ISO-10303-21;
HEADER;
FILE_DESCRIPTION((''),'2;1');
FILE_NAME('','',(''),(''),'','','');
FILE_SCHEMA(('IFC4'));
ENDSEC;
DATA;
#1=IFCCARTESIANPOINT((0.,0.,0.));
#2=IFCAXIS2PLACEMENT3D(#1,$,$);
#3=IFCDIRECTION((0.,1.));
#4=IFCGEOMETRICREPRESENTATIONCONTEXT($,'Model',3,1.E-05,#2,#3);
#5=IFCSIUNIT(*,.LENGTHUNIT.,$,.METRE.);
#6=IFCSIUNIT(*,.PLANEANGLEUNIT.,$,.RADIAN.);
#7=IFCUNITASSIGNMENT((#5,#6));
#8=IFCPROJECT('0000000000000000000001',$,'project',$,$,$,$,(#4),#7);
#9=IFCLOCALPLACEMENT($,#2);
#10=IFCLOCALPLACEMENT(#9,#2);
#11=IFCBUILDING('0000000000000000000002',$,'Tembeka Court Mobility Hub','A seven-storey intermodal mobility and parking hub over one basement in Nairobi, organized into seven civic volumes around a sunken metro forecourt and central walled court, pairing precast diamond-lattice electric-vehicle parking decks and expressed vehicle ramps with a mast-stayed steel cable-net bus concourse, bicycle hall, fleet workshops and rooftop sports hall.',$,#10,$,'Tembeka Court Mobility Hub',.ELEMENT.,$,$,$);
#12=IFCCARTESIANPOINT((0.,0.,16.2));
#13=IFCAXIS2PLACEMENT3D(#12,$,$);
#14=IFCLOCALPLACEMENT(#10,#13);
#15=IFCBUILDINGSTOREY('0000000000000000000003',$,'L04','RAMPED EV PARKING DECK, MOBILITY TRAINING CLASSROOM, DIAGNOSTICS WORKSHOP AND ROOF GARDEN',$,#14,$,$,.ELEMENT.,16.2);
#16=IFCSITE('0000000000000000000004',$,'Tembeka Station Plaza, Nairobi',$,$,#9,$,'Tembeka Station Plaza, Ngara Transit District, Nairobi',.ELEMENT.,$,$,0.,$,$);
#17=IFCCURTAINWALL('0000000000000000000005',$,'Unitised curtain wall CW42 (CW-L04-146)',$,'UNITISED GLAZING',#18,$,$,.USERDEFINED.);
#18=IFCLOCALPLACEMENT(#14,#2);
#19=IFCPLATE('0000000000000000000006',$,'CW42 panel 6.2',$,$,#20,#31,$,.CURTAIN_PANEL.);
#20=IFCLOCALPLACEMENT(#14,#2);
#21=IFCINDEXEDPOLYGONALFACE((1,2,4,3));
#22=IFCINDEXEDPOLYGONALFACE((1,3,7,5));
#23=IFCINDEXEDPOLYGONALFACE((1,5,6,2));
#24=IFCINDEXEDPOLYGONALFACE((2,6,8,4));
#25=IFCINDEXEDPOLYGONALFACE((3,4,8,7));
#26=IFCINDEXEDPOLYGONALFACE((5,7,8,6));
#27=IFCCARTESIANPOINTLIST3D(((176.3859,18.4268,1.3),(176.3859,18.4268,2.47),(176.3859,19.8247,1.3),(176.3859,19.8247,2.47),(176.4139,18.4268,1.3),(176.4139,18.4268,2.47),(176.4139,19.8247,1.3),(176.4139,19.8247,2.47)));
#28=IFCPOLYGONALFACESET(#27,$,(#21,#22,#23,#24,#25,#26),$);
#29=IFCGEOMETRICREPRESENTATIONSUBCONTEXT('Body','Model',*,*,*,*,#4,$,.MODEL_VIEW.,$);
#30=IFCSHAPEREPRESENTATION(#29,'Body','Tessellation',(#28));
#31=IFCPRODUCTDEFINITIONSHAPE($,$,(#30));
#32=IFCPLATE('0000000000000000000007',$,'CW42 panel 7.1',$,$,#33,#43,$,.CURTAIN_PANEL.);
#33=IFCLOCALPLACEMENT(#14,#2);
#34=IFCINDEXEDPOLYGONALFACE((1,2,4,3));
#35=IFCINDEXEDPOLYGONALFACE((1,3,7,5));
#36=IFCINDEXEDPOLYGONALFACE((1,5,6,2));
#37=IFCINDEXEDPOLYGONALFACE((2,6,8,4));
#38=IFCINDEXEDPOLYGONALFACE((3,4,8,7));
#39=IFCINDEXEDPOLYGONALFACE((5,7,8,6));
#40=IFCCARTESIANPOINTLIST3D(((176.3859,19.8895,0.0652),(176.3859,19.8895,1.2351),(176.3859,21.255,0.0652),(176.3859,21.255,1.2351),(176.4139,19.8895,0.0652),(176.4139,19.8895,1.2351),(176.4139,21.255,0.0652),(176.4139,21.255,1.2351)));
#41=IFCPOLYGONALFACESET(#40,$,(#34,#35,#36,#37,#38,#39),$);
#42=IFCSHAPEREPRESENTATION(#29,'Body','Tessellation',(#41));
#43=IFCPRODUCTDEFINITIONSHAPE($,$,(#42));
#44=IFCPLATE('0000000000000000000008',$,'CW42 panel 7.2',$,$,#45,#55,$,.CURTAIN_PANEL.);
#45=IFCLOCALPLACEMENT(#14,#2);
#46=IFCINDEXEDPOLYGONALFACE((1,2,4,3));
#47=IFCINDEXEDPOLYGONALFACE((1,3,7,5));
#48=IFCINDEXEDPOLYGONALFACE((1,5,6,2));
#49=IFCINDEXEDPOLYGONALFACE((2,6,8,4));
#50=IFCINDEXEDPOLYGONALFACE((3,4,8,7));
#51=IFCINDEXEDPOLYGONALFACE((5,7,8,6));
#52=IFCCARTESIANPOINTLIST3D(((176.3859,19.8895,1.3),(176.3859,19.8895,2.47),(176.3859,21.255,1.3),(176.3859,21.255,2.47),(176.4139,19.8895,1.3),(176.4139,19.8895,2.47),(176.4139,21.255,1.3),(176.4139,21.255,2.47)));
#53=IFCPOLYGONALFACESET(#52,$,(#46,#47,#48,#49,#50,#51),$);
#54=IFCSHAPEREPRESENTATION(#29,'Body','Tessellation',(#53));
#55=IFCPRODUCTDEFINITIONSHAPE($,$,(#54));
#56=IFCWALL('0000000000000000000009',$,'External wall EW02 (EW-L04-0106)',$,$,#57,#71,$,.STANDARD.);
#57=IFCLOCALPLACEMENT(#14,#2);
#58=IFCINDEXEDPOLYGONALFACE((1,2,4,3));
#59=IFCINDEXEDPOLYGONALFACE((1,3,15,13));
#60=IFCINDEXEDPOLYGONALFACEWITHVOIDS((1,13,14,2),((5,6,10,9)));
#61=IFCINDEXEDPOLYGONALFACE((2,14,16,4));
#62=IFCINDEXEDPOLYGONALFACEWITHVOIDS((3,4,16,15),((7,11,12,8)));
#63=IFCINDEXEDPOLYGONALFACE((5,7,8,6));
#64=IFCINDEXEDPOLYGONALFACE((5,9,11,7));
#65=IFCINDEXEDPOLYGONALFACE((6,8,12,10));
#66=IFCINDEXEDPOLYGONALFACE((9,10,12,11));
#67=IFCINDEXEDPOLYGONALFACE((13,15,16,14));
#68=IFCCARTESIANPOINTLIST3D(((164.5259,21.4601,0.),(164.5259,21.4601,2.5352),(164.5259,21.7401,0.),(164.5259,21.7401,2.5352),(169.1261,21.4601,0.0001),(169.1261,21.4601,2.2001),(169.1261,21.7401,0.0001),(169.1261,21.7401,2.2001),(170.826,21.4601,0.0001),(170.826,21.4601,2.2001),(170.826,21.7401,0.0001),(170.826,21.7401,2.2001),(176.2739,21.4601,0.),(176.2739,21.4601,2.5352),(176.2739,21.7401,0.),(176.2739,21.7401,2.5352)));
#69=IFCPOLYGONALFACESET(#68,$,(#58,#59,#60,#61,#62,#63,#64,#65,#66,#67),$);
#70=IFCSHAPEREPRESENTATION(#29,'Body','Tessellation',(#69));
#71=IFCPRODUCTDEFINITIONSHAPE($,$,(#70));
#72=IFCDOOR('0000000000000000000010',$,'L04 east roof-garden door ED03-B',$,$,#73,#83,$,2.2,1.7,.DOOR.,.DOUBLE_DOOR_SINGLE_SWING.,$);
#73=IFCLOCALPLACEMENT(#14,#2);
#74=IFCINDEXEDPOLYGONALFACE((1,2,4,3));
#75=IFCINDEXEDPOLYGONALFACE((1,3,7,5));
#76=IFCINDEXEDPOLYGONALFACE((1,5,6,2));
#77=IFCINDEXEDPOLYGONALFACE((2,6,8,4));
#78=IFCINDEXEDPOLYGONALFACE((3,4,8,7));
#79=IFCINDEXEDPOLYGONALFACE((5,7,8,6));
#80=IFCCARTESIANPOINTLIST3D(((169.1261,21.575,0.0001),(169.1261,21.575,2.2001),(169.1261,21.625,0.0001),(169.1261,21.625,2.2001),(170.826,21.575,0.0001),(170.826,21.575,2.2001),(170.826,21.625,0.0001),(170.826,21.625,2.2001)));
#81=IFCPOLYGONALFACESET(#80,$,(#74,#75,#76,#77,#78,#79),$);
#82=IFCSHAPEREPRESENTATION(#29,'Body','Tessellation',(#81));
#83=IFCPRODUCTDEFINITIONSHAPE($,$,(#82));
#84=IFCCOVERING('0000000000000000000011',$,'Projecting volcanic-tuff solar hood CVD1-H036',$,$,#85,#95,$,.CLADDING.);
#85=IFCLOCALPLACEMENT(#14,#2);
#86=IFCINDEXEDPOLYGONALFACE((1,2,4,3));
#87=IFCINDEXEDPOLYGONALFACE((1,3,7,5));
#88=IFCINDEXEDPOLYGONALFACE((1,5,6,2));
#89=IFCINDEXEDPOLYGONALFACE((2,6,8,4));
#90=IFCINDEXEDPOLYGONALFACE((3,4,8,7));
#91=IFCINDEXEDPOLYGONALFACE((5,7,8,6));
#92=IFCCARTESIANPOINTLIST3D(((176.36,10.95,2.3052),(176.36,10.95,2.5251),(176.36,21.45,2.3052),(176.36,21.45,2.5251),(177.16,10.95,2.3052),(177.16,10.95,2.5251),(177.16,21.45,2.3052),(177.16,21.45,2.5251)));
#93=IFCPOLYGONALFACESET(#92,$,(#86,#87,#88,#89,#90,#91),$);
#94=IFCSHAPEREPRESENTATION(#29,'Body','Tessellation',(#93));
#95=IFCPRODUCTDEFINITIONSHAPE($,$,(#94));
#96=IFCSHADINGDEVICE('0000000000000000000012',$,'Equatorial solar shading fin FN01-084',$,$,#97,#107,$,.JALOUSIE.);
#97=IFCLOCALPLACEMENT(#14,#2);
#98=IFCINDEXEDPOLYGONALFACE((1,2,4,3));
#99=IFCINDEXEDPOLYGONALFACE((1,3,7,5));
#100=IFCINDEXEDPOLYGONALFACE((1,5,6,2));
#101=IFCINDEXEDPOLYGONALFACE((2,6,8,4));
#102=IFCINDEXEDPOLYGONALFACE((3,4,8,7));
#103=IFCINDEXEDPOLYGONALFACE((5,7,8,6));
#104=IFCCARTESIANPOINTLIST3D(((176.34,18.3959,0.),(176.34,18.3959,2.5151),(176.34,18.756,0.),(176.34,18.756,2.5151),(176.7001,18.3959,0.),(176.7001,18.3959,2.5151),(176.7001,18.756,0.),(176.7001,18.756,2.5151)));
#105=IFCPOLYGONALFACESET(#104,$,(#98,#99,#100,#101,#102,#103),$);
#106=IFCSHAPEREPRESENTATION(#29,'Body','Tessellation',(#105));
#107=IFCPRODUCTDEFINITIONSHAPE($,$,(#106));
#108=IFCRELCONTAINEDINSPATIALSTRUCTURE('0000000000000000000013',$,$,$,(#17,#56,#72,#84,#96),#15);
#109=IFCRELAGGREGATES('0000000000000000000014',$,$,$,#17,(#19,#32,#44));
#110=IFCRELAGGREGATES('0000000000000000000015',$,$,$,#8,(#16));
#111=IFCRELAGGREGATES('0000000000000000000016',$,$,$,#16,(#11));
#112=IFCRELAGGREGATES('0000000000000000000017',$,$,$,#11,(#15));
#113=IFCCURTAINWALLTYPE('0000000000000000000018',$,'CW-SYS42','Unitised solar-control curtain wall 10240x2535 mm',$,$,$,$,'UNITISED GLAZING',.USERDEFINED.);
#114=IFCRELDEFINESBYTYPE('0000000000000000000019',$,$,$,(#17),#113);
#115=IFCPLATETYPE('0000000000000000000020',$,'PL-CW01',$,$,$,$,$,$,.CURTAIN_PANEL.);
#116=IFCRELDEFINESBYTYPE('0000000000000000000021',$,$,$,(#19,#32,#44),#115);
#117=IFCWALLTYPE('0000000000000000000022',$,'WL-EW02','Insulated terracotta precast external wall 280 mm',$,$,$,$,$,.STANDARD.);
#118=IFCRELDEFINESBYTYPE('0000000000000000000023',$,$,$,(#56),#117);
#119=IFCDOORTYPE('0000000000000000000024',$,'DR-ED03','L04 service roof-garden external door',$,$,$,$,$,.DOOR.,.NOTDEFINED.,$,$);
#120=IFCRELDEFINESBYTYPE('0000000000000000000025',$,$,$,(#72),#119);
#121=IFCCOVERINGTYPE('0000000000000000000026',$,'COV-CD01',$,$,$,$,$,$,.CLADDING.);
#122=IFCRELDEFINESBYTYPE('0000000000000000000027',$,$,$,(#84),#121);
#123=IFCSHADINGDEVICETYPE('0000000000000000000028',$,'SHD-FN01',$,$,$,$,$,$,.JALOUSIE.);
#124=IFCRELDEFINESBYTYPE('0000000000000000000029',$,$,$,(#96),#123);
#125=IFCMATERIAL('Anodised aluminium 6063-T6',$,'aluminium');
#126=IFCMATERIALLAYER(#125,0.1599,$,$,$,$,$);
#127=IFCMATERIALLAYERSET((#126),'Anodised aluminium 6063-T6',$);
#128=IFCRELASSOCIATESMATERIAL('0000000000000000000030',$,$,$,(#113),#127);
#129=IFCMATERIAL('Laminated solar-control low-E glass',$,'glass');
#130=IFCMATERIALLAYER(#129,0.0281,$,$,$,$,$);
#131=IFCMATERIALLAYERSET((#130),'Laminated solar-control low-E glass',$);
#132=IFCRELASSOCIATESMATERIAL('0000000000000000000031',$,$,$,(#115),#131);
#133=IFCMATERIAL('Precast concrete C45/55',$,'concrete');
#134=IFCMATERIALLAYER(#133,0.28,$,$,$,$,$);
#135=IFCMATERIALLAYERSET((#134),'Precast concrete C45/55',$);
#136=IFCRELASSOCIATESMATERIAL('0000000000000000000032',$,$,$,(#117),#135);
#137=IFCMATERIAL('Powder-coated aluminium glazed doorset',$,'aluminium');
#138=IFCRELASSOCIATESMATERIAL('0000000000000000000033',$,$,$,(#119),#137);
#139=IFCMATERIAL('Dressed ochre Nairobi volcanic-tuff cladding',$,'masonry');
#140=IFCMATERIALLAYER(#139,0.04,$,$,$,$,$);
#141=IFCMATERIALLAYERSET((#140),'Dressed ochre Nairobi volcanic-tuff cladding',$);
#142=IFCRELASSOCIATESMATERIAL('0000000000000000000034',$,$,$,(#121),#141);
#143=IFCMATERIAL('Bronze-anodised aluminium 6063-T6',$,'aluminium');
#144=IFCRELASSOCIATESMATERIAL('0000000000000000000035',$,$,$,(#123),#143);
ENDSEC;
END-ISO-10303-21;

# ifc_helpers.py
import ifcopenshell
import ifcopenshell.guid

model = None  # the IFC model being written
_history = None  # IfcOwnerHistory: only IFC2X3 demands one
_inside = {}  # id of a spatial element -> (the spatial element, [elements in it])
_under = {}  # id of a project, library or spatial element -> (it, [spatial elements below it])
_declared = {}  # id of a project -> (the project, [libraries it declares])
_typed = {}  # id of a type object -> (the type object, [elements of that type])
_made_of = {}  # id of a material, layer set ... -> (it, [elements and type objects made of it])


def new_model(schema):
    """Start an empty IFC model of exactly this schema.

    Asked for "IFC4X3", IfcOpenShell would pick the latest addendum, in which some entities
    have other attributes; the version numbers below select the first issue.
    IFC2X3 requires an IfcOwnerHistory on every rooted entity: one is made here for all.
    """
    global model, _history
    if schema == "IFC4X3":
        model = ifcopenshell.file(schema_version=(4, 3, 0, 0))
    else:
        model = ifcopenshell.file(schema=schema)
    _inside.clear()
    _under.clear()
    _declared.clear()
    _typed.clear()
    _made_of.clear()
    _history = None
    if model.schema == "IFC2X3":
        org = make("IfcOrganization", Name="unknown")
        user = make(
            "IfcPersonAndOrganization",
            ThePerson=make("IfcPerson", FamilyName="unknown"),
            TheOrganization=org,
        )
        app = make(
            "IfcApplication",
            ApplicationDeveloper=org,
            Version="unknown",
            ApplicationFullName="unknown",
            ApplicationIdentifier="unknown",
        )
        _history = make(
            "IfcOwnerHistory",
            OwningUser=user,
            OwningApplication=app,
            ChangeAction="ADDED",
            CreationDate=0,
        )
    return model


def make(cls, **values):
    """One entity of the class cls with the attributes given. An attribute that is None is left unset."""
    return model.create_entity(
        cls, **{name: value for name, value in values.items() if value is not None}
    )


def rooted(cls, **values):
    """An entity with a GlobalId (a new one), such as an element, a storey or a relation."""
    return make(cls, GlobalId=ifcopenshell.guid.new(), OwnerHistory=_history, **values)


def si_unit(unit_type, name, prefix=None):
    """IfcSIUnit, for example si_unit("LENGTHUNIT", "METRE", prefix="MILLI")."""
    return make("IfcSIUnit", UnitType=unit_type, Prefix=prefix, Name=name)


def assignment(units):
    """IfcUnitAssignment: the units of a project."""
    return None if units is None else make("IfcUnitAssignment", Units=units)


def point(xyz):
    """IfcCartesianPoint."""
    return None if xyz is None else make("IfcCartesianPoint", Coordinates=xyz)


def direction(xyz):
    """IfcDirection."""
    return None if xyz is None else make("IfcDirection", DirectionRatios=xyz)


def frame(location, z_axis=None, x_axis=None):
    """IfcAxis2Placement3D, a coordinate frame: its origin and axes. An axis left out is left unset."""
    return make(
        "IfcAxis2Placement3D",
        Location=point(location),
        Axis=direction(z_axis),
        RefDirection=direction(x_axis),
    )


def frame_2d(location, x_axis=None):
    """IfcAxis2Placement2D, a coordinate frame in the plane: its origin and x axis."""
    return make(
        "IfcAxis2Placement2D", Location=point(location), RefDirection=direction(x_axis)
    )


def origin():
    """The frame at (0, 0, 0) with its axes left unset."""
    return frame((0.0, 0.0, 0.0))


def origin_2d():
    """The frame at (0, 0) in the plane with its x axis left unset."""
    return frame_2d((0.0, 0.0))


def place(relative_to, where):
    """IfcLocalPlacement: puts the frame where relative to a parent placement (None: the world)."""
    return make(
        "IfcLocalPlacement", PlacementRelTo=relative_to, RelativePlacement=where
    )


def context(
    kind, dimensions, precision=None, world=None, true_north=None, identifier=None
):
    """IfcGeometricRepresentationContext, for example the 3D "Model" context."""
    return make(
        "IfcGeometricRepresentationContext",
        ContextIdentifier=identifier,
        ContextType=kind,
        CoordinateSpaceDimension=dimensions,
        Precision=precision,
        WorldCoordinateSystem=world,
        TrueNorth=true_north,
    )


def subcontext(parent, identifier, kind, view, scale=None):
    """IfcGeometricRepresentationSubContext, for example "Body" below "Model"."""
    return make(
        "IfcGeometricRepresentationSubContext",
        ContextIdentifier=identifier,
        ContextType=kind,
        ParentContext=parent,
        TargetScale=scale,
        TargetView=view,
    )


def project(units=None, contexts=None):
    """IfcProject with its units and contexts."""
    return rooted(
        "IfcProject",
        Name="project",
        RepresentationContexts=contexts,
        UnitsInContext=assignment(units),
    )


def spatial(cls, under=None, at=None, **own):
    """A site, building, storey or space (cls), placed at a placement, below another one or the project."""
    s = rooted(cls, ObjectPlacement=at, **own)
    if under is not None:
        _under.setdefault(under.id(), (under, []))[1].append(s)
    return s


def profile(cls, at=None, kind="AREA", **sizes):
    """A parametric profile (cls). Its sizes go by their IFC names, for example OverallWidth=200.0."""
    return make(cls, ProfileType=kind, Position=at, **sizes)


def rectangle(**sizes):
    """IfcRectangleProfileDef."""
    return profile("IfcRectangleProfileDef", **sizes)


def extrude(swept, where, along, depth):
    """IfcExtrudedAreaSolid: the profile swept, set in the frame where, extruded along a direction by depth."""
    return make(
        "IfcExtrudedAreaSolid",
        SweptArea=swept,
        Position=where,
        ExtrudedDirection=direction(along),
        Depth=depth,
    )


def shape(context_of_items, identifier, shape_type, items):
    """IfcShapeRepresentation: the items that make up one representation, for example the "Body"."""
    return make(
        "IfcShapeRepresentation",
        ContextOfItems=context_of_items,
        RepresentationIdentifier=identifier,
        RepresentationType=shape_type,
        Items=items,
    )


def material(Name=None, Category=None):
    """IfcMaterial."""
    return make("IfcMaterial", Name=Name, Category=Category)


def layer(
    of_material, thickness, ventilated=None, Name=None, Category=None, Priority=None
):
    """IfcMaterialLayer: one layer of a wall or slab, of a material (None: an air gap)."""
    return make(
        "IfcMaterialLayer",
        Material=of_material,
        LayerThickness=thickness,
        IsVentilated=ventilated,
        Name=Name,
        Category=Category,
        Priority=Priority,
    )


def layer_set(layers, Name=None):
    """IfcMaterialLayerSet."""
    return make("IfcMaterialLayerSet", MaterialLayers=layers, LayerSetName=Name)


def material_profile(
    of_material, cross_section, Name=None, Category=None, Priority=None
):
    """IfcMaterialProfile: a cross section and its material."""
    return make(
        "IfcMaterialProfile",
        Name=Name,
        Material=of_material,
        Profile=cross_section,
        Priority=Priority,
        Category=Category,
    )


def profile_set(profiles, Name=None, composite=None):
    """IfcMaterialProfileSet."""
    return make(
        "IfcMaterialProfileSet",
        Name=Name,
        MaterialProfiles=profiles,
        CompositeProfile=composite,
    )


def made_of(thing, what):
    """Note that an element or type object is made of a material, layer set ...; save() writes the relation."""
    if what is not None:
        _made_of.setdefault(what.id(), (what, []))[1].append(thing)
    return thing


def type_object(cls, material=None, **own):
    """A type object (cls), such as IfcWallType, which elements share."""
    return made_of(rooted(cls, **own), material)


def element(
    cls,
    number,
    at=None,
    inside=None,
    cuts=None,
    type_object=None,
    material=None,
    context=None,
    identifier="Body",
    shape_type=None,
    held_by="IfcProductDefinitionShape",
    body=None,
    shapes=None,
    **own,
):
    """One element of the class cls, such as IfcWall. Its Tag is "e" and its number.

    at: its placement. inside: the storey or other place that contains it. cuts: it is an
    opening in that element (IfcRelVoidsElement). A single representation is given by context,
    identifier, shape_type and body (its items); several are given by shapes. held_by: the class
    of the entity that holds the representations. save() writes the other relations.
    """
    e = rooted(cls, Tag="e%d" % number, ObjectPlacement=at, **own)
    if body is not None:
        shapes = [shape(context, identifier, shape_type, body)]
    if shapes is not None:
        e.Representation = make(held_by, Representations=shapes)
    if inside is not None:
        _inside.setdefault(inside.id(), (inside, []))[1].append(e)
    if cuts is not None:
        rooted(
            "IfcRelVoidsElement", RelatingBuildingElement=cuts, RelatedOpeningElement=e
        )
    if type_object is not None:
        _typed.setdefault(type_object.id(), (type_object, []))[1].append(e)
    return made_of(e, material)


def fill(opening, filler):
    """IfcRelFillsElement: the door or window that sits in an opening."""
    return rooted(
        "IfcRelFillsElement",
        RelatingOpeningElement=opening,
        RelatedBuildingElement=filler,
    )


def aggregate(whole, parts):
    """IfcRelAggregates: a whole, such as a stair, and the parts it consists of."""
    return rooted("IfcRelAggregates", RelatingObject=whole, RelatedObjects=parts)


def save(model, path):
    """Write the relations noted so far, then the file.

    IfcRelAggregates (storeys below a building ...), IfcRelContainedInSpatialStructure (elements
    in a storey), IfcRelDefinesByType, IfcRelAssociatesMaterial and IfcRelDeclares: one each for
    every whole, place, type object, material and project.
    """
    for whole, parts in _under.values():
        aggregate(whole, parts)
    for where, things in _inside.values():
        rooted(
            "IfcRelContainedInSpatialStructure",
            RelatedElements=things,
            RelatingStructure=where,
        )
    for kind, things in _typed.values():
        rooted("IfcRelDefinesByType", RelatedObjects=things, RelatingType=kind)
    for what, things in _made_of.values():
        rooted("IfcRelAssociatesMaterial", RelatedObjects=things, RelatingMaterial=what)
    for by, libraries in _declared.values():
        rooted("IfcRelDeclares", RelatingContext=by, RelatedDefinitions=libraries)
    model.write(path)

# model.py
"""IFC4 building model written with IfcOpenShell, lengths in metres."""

from ifc_helpers import new_model, si_unit, direction, frame, frame_2d, origin, origin_2d, place, context, subcontext, project, spatial, rectangle, extrude, material, layer, layer_set, material_profile, profile_set, type_object, element, fill, aggregate, save


model = new_model("IFC4")

# Units and contexts
model_context = context("Model", 3, precision=1e-05, world=origin(), true_north=direction((0.0, 1.0)))
body_context = subcontext(model_context, "Body", "Model", "MODEL_VIEW")
ifc_project = project(units=[si_unit("LENGTHUNIT", "METRE"), si_unit("PLANEANGLEUNIT", "RADIAN")], contexts=[model_context])

# Site, building, storey
site_placement = place(None, origin())
site = spatial("IfcSite", under=ifc_project, at=site_placement, Name="Tembeka Station Plaza, Nairobi", LongName="Tembeka Station Plaza, Ngara Transit District, Nairobi", CompositionType="ELEMENT", RefElevation=0.0)
building_placement = place(site_placement, origin())
building = spatial("IfcBuilding", under=site, at=building_placement, Name="Tembeka Court Mobility Hub", Description="A seven-storey intermodal mobility and parking hub over one basement in Nairobi, organized into seven civic volumes around a sunken metro forecourt and central walled court, pairing precast diamond-lattice electric-vehicle parking decks and expressed vehicle ramps with a mast-stayed steel cable-net bus concourse, bicycle hall, fleet workshops and rooftop sports hall.", LongName="Tembeka Court Mobility Hub", CompositionType="ELEMENT")
storey_placement = place(building_placement, frame((0.0, 0.0, 16.2)))
storey = spatial("IfcBuildingStorey", under=building, at=storey_placement, Name="L04", Description="RAMPED EV PARKING DECK, MOBILITY TRAINING CLASSROOM, DIAGNOSTICS WORKSHOP AND ROOF GARDEN", CompositionType="ELEMENT", Elevation=16.2)

# Curtain wall, plates
ifc_material_1 = material(Name="Anodised aluminium 6063-T6", Category="aluminium")
ifc_layer_1 = layer(ifc_material_1, 0.1599)
ifc_layer_set_1 = layer_set([ifc_layer_1], Name="Anodised aluminium 6063-T6")
curtain_wall_type = type_object("IfcCurtainWallType", Name="CW-SYS42", Description="Unitised solar-control curtain wall 10240x2535 mm", ElementType="UNITISED GLAZING", PredefinedType="USERDEFINED", material=ifc_layer_set_1)
curtain_wall_placement = place(storey_placement, origin())
curtain_wall = element("IfcCurtainWall", 1, at=curtain_wall_placement, inside=storey, type_object=curtain_wall_type, Name="Unitised curtain wall CW42 (CW-L04-146)", ObjectType="UNITISED GLAZING", PredefinedType="USERDEFINED")
ifc_material_2 = material(Name="Laminated solar-control low-E glass", Category="glass")
ifc_layer_2 = layer(ifc_material_2, 0.0281)
ifc_layer_set_2 = layer_set([ifc_layer_2], Name="Laminated solar-control low-E glass")
plate_type = type_object("IfcPlateType", Name="PL-CW01", PredefinedType="CURTAIN_PANEL", material=ifc_layer_set_2)
plate_1_placement = place(storey_placement, frame((176.3999, 19.1257, 1.3), z_axis=(0.0, 0.0, 1.0), x_axis=(0.0, 1.0, 0.0)))
plate_1 = element("IfcPlate", 2, at=plate_1_placement, type_object=plate_type, Name="CW42 panel 6.2", PredefinedType="CURTAIN_PANEL", context=body_context, shape_type="SweptSolid", body=[
    extrude(rectangle(XDim=1.3979, YDim=0.0281, at=origin_2d()), origin(), (0.0, 0.0, 1.0), 1.1699),
])
plate_2_placement = place(storey_placement, frame((176.3999, 20.5723, 0.0652), z_axis=(0.0, 0.0, 1.0), x_axis=(0.0, 1.0, 0.0)))
plate_2 = element("IfcPlate", 3, at=plate_2_placement, type_object=plate_type, Name="CW42 panel 7.1", PredefinedType="CURTAIN_PANEL", context=body_context, shape_type="SweptSolid", body=[
    extrude(rectangle(XDim=1.3655, YDim=0.0281, at=origin_2d()), origin(), (0.0, 0.0, 1.0), 1.1699),
])
plate_3_placement = place(storey_placement, frame((176.3999, 20.5723, 1.3), z_axis=(0.0, 0.0, 1.0), x_axis=(0.0, 1.0, 0.0)))
plate_3 = element("IfcPlate", 4, at=plate_3_placement, type_object=plate_type, Name="CW42 panel 7.2", PredefinedType="CURTAIN_PANEL", context=body_context, shape_type="SweptSolid", body=[
    extrude(rectangle(XDim=1.3655, YDim=0.0281, at=origin_2d()), origin(), (0.0, 0.0, 1.0), 1.1699),
])
aggregate(curtain_wall, [plate_1, plate_2, plate_3])

# Wall, opening, door
ifc_material_3 = material(Name="Precast concrete C45/55", Category="concrete")
ifc_layer_3 = layer(ifc_material_3, 0.28)
ifc_layer_set_3 = layer_set([ifc_layer_3], Name="Precast concrete C45/55")
wall_type = type_object("IfcWallType", Name="WL-EW02", Description="Insulated terracotta precast external wall 280 mm", PredefinedType="STANDARD", material=ifc_layer_set_3)
wall_placement = place(storey_placement, frame((164.5259, 21.6001, 0.0), z_axis=(0.0, 0.0, 1.0), x_axis=(1.0, 0.0, 0.0)))
wall = element("IfcWall", 5, at=wall_placement, inside=storey, type_object=wall_type, Name="External wall EW02 (EW-L04-0106)", PredefinedType="STANDARD", context=body_context, shape_type="SweptSolid", body=[
    extrude(rectangle(XDim=11.748, YDim=0.28, at=frame_2d((5.874, 0.0))), origin(), (0.0, 0.0, 1.0), 2.5352),
])
opening_placement = place(wall_placement, frame((4.6001, 0.0, 0.0)))
opening = element("IfcOpeningElement", 6, at=opening_placement, cuts=wall, PredefinedType="OPENING", context=body_context, shape_type="SweptSolid", body=[
    extrude(rectangle(XDim=1.7, YDim=2.2, at=frame_2d((0.8501, 1.1001))), frame((0.0, 0.1499, 0.0), z_axis=(0.0, -1.0, 0.0), x_axis=(1.0, 0.0, 0.0)), (0.0, 0.0, 1.0), 0.3),
])
ifc_material_4 = material(Name="Powder-coated aluminium glazed doorset", Category="aluminium")
door_type = type_object("IfcDoorType", Name="DR-ED03", Description="L04 service roof-garden external door", OperationType="NOTDEFINED", PredefinedType="DOOR", material=ifc_material_4)
door_placement = place(opening_placement, origin())
door = element("IfcDoor", 7, at=door_placement, inside=storey, type_object=door_type, Name="L04 east roof-garden door ED03-B", OperationType="DOUBLE_DOOR_SINGLE_SWING", OverallHeight=2.2, OverallWidth=1.7, PredefinedType="DOOR", context=body_context, shape_type="SweptSolid", body=[
    extrude(rectangle(XDim=1.7, YDim=2.2, at=frame_2d((0.8501, 1.1001))), frame((0.0, 0.0249, 0.0), z_axis=(0.0, -1.0, 0.0), x_axis=(1.0, 0.0, 0.0)), (0.0, 0.0, 1.0), 0.05),
])
fill(opening, door)

# Covering
ifc_material_5 = material(Name="Dressed ochre Nairobi volcanic-tuff cladding", Category="masonry")
ifc_layer_4 = layer(ifc_material_5, 0.04)
ifc_layer_set_4 = layer_set([ifc_layer_4], Name="Dressed ochre Nairobi volcanic-tuff cladding")
covering_type = type_object("IfcCoveringType", Name="COV-CD01", PredefinedType="CLADDING", material=ifc_layer_set_4)
covering_placement = place(storey_placement, frame((176.76, 16.2, 2.3052), z_axis=(0.0, 0.0, 1.0), x_axis=(0.0, 1.0, 0.0)))
element("IfcCovering", 8, at=covering_placement, inside=storey, type_object=covering_type, Name="Projecting volcanic-tuff solar hood CVD1-H036", PredefinedType="CLADDING", context=body_context, shape_type="SweptSolid", body=[
    extrude(rectangle(XDim=10.5, YDim=0.8, at=origin_2d()), origin(), (0.0, 0.0, 1.0), 0.22),
])

# Shading device
ifc_material_6 = material(Name="Bronze-anodised aluminium 6063-T6", Category="aluminium")
ifc_material_profile_1 = material_profile(ifc_material_6, rectangle(XDim=0.3601, YDim=0.3601, at=origin_2d()), Name="ALU-FIN 360x360")
ifc_profile_set_1 = profile_set([ifc_material_profile_1], Name="Bronze-anodised aluminium 6063-T6")
shading_device_type = type_object("IfcShadingDeviceType", Name="SHD-FN01", PredefinedType="JALOUSIE", material=ifc_profile_set_1)
shading_device_placement = place(storey_placement, frame((176.52, 18.5759, 0.0), z_axis=(0.0, 0.0, 1.0), x_axis=(1.0, 0.0, 0.0)))
element("IfcShadingDevice", 9, at=shading_device_placement, inside=storey, type_object=shading_device_type, Name="Equatorial solar shading fin FN01-084", PredefinedType="JALOUSIE", context=body_context, shape_type="SweptSolid", body=[
    extrude(rectangle(XDim=0.3601, YDim=0.3601, at=origin_2d()), origin(), (0.0, 0.0, 1.0), 2.5151),
])

save(model, "model.ifc")
